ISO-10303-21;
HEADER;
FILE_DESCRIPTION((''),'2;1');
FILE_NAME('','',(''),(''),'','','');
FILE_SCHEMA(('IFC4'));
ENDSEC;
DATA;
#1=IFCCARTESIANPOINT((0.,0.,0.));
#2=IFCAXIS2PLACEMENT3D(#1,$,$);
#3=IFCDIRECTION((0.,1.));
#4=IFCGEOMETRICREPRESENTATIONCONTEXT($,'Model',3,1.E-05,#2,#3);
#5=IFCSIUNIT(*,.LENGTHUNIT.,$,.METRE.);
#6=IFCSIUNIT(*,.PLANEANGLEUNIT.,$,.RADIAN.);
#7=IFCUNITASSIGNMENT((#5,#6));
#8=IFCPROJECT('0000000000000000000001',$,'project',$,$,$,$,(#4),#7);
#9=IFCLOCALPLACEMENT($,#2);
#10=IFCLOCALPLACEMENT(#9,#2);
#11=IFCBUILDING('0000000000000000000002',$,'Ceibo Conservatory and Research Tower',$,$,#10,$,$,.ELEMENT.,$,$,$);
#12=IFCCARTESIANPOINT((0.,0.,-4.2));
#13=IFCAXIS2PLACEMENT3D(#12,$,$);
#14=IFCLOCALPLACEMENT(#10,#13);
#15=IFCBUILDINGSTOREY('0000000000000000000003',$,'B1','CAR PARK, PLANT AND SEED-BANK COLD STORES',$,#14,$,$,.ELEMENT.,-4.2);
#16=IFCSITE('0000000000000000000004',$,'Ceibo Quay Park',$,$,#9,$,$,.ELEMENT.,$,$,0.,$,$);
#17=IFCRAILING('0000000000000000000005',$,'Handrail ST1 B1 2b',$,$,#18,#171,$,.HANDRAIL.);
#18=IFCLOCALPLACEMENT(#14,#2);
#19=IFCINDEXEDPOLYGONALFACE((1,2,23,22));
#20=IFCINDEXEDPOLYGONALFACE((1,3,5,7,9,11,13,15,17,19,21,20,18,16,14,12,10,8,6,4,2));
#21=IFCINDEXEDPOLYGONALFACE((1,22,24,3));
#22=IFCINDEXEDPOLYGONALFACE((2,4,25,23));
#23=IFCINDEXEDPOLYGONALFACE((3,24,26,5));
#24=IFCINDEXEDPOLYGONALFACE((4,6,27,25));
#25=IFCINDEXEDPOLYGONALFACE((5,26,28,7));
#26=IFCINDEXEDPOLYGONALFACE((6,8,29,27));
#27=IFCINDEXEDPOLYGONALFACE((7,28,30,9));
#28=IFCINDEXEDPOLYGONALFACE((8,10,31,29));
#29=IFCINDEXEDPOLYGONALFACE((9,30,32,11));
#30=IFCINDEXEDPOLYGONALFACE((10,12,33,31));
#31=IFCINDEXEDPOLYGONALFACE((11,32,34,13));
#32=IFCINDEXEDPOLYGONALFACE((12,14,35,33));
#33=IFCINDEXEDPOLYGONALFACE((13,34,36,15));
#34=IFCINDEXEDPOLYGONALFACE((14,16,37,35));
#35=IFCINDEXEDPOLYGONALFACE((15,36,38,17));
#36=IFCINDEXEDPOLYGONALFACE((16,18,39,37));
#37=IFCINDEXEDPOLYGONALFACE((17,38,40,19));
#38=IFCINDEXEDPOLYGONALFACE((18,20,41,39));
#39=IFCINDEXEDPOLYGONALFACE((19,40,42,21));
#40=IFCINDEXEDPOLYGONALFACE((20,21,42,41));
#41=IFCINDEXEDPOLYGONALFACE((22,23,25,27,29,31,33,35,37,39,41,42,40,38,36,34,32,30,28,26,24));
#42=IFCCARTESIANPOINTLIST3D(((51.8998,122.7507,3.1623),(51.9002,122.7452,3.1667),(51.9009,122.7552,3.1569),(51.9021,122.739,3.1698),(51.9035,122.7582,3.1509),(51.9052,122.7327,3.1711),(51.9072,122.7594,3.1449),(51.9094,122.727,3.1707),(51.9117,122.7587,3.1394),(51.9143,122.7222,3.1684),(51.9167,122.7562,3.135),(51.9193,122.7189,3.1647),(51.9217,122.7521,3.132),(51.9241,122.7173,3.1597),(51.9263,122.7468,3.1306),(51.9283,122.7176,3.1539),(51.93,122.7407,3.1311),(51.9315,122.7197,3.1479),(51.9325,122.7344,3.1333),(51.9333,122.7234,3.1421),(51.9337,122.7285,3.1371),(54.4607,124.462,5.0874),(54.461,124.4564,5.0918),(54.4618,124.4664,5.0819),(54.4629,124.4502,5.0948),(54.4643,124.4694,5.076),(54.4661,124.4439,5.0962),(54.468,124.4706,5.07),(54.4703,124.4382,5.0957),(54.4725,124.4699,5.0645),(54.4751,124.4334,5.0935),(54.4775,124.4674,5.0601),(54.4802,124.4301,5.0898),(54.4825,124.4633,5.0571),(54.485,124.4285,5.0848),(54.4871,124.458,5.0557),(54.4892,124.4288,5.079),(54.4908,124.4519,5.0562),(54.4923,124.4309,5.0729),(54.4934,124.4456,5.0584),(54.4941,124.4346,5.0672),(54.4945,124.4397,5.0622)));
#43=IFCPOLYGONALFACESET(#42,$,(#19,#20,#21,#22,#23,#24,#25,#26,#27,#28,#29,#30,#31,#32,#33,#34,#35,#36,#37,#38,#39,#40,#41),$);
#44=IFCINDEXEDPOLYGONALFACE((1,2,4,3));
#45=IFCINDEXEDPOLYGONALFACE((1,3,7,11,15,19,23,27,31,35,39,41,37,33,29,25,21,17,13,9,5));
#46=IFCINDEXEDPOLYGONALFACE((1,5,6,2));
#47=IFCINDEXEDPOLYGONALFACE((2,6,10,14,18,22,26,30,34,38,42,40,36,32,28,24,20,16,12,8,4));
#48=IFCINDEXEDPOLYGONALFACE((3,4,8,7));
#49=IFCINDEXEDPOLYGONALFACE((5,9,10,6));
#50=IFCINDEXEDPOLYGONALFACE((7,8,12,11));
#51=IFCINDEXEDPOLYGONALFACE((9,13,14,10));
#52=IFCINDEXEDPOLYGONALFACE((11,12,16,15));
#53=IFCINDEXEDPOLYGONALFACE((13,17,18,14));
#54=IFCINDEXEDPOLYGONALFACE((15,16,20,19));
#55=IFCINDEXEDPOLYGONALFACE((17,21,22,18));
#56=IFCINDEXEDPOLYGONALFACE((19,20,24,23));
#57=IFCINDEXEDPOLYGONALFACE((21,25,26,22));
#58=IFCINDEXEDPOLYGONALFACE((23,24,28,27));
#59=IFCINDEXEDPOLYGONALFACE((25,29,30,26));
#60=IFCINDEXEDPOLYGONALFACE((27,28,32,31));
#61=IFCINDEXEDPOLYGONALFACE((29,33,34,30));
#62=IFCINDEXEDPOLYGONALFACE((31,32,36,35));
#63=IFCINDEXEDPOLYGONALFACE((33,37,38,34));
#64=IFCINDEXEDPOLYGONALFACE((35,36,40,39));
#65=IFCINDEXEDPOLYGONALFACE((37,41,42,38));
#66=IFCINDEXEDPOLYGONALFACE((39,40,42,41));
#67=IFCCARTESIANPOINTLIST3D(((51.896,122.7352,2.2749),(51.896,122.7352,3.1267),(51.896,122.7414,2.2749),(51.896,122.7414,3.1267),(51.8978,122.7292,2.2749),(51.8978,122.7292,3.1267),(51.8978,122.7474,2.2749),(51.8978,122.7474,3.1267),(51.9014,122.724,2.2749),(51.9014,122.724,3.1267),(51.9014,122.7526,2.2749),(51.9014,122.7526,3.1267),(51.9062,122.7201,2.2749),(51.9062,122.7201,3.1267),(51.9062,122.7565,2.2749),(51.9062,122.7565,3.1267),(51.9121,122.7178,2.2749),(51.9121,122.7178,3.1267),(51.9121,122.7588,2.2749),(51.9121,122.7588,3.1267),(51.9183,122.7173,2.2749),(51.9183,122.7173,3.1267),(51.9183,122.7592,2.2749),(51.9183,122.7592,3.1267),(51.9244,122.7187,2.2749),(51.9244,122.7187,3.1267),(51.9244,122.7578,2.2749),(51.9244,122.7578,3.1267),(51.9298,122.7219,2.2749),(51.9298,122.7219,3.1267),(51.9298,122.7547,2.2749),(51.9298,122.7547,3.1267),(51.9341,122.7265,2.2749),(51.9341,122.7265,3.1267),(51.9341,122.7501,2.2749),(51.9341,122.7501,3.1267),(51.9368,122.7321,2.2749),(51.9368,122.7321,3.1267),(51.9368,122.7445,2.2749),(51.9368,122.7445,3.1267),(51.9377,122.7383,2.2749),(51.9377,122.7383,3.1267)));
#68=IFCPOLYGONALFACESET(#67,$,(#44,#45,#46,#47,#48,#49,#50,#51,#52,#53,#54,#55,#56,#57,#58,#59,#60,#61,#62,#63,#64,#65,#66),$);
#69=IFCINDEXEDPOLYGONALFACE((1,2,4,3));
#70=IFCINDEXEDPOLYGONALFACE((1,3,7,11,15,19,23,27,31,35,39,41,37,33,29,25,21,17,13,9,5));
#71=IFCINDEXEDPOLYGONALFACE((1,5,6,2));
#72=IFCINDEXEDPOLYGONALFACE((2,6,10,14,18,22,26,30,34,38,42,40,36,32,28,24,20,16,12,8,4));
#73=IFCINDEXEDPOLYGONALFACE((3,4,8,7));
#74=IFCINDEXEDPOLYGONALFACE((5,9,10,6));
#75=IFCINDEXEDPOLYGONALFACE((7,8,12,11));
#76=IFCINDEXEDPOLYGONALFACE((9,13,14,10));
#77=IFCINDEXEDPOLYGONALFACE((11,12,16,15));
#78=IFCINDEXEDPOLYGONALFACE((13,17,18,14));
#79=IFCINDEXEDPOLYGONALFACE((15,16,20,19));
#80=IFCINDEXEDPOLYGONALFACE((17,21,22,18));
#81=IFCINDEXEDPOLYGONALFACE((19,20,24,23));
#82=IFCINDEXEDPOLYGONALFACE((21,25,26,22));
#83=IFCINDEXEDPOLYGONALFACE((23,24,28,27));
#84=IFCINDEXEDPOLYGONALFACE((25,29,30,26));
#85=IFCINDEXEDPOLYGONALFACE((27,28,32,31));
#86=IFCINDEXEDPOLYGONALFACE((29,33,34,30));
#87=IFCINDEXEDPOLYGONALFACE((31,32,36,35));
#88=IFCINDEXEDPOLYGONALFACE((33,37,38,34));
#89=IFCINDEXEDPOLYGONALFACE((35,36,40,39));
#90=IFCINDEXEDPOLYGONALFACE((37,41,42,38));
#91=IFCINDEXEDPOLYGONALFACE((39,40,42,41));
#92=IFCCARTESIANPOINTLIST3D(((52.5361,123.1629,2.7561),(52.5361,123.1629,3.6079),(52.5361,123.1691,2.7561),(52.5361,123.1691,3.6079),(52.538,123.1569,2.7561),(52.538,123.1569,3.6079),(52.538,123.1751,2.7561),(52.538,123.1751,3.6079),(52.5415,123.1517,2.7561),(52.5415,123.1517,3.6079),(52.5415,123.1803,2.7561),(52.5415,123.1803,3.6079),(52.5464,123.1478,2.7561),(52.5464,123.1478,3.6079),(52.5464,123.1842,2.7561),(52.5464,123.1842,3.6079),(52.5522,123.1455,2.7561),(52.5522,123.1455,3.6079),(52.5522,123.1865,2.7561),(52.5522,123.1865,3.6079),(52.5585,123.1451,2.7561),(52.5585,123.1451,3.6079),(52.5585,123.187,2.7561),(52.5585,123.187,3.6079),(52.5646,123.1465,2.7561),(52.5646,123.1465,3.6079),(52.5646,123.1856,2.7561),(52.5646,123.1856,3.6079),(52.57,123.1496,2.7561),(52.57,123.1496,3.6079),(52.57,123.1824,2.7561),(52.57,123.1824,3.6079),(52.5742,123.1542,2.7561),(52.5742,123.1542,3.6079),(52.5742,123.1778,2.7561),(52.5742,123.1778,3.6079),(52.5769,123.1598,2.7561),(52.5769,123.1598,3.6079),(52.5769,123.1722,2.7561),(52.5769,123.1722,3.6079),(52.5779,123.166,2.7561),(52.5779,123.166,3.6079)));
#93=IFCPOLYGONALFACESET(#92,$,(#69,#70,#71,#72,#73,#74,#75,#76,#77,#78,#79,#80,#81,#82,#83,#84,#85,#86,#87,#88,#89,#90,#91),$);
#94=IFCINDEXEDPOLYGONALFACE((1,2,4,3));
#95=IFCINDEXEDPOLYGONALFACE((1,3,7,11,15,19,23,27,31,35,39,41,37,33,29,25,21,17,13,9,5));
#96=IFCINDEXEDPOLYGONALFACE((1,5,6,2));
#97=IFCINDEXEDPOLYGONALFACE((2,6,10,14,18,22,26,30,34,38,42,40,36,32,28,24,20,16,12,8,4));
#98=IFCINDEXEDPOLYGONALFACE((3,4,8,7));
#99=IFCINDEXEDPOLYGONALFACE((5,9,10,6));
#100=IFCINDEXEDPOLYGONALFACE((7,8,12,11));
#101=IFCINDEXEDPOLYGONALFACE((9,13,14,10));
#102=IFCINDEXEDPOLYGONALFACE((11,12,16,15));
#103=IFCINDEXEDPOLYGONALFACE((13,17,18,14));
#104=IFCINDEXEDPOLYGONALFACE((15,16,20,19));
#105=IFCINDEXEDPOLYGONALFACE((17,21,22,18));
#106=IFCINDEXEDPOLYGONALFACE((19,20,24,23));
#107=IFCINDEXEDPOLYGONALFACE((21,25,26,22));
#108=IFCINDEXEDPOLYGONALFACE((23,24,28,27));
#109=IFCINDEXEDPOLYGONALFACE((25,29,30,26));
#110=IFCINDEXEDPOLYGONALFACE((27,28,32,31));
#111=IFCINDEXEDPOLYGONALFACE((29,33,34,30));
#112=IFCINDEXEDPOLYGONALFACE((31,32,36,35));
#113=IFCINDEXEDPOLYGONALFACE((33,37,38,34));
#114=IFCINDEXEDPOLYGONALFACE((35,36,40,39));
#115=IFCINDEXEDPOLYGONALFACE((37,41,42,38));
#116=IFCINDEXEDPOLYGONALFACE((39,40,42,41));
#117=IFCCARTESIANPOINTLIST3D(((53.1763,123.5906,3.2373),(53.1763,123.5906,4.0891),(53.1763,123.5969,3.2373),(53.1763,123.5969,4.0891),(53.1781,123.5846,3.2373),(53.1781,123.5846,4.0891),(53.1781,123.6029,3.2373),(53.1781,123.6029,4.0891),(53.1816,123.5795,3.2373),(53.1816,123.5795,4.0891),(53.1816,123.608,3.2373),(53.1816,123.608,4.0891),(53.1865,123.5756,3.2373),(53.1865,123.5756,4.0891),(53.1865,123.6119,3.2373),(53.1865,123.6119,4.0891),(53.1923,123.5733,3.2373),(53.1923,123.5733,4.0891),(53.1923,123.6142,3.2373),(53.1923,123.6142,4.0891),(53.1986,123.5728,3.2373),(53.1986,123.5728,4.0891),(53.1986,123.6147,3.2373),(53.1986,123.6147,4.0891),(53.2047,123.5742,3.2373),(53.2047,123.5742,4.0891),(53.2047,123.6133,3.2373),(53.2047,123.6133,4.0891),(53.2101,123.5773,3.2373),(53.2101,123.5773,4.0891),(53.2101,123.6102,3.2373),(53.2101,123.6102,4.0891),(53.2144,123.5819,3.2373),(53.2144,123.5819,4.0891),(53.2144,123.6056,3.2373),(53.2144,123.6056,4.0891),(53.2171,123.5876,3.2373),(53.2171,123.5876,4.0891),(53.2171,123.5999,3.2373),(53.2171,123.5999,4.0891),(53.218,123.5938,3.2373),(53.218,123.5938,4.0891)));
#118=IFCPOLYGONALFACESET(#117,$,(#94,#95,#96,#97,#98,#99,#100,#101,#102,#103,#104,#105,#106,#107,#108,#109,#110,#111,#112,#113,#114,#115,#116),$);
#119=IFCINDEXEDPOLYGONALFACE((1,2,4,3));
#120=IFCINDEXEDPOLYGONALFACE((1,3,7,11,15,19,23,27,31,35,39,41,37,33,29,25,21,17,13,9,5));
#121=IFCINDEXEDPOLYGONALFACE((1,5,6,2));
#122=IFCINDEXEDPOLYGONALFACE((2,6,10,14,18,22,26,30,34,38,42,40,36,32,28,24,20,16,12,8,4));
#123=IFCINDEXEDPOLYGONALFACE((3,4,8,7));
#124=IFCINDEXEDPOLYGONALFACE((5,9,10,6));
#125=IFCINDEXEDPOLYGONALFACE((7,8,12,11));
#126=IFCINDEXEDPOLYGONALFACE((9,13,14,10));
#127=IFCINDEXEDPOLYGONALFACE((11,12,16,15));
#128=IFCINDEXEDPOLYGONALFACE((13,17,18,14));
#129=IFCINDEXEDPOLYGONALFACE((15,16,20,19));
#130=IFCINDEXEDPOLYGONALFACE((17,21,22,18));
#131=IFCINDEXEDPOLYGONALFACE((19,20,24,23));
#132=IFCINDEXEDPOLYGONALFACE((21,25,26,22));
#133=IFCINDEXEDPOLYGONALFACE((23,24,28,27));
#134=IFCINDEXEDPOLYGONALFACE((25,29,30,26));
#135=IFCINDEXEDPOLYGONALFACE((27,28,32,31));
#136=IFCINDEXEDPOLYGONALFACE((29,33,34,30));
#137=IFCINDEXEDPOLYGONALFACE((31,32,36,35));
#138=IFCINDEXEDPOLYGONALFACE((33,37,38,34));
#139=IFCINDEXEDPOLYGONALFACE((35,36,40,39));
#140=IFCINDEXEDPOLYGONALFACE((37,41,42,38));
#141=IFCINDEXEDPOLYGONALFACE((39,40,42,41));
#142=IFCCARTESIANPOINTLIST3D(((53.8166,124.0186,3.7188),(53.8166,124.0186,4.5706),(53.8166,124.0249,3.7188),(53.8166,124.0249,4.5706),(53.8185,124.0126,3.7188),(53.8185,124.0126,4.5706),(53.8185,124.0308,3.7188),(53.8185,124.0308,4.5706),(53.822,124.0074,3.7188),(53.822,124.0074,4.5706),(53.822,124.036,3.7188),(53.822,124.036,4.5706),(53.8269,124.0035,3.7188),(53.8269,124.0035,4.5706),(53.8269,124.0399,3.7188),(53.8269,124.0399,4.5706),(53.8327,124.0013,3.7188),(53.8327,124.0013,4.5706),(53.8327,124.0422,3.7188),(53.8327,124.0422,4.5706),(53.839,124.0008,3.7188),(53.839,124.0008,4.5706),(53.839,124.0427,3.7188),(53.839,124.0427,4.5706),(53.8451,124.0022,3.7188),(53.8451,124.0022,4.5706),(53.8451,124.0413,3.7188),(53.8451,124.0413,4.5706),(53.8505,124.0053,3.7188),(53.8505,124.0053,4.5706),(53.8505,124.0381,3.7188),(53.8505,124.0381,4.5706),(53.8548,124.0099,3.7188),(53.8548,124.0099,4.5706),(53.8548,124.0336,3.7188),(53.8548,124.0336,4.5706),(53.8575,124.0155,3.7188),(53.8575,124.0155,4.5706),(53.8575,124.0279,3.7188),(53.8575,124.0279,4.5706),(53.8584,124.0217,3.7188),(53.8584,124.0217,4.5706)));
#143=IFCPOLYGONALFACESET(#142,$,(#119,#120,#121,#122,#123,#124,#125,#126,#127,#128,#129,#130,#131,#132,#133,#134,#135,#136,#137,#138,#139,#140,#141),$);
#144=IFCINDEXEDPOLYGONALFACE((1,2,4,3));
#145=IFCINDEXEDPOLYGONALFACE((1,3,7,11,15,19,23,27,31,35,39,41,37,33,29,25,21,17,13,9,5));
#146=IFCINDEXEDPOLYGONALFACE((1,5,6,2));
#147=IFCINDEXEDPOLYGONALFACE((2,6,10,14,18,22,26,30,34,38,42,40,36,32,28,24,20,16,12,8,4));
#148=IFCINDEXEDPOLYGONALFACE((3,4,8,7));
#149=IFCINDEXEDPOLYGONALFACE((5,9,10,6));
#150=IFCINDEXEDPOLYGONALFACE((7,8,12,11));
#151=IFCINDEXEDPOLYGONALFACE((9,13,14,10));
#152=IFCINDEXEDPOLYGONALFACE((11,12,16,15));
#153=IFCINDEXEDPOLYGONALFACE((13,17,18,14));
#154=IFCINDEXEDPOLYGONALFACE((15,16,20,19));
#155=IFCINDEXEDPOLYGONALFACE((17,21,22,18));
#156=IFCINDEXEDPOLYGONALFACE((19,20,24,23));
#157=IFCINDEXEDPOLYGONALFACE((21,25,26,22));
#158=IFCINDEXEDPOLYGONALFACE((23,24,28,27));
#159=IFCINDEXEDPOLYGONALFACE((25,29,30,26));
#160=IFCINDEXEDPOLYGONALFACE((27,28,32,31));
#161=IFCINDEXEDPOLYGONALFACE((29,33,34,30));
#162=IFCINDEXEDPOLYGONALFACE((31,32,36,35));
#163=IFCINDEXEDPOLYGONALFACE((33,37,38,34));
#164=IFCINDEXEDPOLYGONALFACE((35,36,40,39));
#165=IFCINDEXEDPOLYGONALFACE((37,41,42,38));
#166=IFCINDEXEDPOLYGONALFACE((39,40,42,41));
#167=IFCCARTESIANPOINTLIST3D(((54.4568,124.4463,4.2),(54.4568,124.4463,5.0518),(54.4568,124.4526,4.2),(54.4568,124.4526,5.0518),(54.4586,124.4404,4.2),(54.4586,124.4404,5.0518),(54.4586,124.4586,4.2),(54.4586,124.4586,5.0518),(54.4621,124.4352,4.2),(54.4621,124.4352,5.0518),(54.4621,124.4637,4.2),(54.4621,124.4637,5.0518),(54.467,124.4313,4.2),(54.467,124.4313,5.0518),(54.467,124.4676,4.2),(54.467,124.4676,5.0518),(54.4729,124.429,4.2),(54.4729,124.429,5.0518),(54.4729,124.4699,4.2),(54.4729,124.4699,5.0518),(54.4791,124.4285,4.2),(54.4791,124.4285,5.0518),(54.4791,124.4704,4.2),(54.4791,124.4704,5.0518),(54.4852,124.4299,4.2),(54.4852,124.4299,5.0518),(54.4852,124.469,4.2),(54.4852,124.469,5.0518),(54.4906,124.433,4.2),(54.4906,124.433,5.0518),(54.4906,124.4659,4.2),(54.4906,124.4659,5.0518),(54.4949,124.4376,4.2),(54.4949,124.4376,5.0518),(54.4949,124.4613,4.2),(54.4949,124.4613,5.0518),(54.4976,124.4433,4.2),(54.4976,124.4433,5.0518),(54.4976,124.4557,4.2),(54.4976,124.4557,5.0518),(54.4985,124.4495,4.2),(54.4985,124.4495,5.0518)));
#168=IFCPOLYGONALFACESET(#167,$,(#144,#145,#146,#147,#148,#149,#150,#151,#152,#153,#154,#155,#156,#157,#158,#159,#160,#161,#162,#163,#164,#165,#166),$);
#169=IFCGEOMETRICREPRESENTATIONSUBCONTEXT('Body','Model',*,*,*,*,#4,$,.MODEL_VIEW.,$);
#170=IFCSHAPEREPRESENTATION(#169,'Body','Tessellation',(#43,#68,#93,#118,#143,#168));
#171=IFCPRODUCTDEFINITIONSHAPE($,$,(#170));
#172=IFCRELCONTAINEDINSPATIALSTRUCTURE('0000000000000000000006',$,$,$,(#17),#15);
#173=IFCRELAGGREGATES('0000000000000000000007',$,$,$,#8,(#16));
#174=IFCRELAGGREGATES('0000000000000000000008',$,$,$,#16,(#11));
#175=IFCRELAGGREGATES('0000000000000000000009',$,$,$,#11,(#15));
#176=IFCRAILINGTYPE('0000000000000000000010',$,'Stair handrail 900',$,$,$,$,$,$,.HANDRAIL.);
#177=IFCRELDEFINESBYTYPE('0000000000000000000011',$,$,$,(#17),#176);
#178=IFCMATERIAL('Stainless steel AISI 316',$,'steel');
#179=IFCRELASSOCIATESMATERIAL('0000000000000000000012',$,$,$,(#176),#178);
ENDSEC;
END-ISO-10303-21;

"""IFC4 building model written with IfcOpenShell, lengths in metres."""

from ifc_helpers import new_model, si_unit, direction, frame, origin, origin_2d, place, context, subcontext, project, spatial, circle, extrude, material, type_object, element, save


model = new_model("IFC4")

# Units and contexts
model_context = context("Model", 3, precision=1e-05, world=origin(), true_north=direction((0.0, 1.0)))
body_context = subcontext(model_context, "Body", "Model", "MODEL_VIEW")
ifc_project = project(units=[si_unit("LENGTHUNIT", "METRE"), si_unit("PLANEANGLEUNIT", "RADIAN")], contexts=[model_context])

# Site, building, storey
site_placement = place(None, origin())
site = spatial("IfcSite", under=ifc_project, at=site_placement, Name="Ceibo Quay Park", CompositionType="ELEMENT", RefElevation=0.0)
building_placement = place(site_placement, origin())
building = spatial("IfcBuilding", under=site, at=building_placement, Name="Ceibo Conservatory and Research Tower", CompositionType="ELEMENT")
storey_placement = place(building_placement, frame((0.0, 0.0, -4.2)))
storey = spatial("IfcBuildingStorey", under=building, at=storey_placement, Name="B1", Description="CAR PARK, PLANT AND SEED-BANK COLD STORES", CompositionType="ELEMENT", Elevation=-4.2)

# Railing
ifc_material_1 = material(Name="Stainless steel AISI 316", Category="steel")
railing_type = type_object("IfcRailingType", Name="Stair handrail 900", PredefinedType="HANDRAIL", material=ifc_material_1)
railing_1_placement = place(storey_placement, frame((51.9167, 122.7383, 2.2749)))
element("IfcRailing", 1, at=railing_1_placement, inside=storey, type_object=railing_type, Name="Handrail ST1 B1 2b", PredefinedType="HANDRAIL", context=body_context, shape_type="SweptSolid", body=[
    extrude(circle(Radius=0.0239, at=origin_2d()), frame((0.0, 0.0, 0.876), z_axis=(0.705059, 0.471137, 0.530021), x_axis=(-0.555596, 0.831452, 0.0)), (0.0, 0.0, 1.0), 3.6321),
    extrude(circle(Radius=0.021, at=origin_2d()), origin(), (0.0, 0.0, 1.0), 0.8518),
    extrude(circle(Radius=0.021, at=origin_2d()), frame((0.6401, 0.4277, 0.4812)), (0.0, 0.0, 1.0), 0.8518),
    extrude(circle(Radius=0.021, at=origin_2d()), frame((1.2803, 0.8555, 0.9624)), (0.0, 0.0, 1.0), 0.8518),
    extrude(circle(Radius=0.021, at=origin_2d()), frame((1.9207, 1.2834, 1.4438)), (0.0, 0.0, 1.0), 0.8518),
    extrude(circle(Radius=0.021, at=origin_2d()), frame((2.5608, 1.7112, 1.925)), (0.0, 0.0, 1.0), 0.8518),
])

save(model, "model.ifc")
